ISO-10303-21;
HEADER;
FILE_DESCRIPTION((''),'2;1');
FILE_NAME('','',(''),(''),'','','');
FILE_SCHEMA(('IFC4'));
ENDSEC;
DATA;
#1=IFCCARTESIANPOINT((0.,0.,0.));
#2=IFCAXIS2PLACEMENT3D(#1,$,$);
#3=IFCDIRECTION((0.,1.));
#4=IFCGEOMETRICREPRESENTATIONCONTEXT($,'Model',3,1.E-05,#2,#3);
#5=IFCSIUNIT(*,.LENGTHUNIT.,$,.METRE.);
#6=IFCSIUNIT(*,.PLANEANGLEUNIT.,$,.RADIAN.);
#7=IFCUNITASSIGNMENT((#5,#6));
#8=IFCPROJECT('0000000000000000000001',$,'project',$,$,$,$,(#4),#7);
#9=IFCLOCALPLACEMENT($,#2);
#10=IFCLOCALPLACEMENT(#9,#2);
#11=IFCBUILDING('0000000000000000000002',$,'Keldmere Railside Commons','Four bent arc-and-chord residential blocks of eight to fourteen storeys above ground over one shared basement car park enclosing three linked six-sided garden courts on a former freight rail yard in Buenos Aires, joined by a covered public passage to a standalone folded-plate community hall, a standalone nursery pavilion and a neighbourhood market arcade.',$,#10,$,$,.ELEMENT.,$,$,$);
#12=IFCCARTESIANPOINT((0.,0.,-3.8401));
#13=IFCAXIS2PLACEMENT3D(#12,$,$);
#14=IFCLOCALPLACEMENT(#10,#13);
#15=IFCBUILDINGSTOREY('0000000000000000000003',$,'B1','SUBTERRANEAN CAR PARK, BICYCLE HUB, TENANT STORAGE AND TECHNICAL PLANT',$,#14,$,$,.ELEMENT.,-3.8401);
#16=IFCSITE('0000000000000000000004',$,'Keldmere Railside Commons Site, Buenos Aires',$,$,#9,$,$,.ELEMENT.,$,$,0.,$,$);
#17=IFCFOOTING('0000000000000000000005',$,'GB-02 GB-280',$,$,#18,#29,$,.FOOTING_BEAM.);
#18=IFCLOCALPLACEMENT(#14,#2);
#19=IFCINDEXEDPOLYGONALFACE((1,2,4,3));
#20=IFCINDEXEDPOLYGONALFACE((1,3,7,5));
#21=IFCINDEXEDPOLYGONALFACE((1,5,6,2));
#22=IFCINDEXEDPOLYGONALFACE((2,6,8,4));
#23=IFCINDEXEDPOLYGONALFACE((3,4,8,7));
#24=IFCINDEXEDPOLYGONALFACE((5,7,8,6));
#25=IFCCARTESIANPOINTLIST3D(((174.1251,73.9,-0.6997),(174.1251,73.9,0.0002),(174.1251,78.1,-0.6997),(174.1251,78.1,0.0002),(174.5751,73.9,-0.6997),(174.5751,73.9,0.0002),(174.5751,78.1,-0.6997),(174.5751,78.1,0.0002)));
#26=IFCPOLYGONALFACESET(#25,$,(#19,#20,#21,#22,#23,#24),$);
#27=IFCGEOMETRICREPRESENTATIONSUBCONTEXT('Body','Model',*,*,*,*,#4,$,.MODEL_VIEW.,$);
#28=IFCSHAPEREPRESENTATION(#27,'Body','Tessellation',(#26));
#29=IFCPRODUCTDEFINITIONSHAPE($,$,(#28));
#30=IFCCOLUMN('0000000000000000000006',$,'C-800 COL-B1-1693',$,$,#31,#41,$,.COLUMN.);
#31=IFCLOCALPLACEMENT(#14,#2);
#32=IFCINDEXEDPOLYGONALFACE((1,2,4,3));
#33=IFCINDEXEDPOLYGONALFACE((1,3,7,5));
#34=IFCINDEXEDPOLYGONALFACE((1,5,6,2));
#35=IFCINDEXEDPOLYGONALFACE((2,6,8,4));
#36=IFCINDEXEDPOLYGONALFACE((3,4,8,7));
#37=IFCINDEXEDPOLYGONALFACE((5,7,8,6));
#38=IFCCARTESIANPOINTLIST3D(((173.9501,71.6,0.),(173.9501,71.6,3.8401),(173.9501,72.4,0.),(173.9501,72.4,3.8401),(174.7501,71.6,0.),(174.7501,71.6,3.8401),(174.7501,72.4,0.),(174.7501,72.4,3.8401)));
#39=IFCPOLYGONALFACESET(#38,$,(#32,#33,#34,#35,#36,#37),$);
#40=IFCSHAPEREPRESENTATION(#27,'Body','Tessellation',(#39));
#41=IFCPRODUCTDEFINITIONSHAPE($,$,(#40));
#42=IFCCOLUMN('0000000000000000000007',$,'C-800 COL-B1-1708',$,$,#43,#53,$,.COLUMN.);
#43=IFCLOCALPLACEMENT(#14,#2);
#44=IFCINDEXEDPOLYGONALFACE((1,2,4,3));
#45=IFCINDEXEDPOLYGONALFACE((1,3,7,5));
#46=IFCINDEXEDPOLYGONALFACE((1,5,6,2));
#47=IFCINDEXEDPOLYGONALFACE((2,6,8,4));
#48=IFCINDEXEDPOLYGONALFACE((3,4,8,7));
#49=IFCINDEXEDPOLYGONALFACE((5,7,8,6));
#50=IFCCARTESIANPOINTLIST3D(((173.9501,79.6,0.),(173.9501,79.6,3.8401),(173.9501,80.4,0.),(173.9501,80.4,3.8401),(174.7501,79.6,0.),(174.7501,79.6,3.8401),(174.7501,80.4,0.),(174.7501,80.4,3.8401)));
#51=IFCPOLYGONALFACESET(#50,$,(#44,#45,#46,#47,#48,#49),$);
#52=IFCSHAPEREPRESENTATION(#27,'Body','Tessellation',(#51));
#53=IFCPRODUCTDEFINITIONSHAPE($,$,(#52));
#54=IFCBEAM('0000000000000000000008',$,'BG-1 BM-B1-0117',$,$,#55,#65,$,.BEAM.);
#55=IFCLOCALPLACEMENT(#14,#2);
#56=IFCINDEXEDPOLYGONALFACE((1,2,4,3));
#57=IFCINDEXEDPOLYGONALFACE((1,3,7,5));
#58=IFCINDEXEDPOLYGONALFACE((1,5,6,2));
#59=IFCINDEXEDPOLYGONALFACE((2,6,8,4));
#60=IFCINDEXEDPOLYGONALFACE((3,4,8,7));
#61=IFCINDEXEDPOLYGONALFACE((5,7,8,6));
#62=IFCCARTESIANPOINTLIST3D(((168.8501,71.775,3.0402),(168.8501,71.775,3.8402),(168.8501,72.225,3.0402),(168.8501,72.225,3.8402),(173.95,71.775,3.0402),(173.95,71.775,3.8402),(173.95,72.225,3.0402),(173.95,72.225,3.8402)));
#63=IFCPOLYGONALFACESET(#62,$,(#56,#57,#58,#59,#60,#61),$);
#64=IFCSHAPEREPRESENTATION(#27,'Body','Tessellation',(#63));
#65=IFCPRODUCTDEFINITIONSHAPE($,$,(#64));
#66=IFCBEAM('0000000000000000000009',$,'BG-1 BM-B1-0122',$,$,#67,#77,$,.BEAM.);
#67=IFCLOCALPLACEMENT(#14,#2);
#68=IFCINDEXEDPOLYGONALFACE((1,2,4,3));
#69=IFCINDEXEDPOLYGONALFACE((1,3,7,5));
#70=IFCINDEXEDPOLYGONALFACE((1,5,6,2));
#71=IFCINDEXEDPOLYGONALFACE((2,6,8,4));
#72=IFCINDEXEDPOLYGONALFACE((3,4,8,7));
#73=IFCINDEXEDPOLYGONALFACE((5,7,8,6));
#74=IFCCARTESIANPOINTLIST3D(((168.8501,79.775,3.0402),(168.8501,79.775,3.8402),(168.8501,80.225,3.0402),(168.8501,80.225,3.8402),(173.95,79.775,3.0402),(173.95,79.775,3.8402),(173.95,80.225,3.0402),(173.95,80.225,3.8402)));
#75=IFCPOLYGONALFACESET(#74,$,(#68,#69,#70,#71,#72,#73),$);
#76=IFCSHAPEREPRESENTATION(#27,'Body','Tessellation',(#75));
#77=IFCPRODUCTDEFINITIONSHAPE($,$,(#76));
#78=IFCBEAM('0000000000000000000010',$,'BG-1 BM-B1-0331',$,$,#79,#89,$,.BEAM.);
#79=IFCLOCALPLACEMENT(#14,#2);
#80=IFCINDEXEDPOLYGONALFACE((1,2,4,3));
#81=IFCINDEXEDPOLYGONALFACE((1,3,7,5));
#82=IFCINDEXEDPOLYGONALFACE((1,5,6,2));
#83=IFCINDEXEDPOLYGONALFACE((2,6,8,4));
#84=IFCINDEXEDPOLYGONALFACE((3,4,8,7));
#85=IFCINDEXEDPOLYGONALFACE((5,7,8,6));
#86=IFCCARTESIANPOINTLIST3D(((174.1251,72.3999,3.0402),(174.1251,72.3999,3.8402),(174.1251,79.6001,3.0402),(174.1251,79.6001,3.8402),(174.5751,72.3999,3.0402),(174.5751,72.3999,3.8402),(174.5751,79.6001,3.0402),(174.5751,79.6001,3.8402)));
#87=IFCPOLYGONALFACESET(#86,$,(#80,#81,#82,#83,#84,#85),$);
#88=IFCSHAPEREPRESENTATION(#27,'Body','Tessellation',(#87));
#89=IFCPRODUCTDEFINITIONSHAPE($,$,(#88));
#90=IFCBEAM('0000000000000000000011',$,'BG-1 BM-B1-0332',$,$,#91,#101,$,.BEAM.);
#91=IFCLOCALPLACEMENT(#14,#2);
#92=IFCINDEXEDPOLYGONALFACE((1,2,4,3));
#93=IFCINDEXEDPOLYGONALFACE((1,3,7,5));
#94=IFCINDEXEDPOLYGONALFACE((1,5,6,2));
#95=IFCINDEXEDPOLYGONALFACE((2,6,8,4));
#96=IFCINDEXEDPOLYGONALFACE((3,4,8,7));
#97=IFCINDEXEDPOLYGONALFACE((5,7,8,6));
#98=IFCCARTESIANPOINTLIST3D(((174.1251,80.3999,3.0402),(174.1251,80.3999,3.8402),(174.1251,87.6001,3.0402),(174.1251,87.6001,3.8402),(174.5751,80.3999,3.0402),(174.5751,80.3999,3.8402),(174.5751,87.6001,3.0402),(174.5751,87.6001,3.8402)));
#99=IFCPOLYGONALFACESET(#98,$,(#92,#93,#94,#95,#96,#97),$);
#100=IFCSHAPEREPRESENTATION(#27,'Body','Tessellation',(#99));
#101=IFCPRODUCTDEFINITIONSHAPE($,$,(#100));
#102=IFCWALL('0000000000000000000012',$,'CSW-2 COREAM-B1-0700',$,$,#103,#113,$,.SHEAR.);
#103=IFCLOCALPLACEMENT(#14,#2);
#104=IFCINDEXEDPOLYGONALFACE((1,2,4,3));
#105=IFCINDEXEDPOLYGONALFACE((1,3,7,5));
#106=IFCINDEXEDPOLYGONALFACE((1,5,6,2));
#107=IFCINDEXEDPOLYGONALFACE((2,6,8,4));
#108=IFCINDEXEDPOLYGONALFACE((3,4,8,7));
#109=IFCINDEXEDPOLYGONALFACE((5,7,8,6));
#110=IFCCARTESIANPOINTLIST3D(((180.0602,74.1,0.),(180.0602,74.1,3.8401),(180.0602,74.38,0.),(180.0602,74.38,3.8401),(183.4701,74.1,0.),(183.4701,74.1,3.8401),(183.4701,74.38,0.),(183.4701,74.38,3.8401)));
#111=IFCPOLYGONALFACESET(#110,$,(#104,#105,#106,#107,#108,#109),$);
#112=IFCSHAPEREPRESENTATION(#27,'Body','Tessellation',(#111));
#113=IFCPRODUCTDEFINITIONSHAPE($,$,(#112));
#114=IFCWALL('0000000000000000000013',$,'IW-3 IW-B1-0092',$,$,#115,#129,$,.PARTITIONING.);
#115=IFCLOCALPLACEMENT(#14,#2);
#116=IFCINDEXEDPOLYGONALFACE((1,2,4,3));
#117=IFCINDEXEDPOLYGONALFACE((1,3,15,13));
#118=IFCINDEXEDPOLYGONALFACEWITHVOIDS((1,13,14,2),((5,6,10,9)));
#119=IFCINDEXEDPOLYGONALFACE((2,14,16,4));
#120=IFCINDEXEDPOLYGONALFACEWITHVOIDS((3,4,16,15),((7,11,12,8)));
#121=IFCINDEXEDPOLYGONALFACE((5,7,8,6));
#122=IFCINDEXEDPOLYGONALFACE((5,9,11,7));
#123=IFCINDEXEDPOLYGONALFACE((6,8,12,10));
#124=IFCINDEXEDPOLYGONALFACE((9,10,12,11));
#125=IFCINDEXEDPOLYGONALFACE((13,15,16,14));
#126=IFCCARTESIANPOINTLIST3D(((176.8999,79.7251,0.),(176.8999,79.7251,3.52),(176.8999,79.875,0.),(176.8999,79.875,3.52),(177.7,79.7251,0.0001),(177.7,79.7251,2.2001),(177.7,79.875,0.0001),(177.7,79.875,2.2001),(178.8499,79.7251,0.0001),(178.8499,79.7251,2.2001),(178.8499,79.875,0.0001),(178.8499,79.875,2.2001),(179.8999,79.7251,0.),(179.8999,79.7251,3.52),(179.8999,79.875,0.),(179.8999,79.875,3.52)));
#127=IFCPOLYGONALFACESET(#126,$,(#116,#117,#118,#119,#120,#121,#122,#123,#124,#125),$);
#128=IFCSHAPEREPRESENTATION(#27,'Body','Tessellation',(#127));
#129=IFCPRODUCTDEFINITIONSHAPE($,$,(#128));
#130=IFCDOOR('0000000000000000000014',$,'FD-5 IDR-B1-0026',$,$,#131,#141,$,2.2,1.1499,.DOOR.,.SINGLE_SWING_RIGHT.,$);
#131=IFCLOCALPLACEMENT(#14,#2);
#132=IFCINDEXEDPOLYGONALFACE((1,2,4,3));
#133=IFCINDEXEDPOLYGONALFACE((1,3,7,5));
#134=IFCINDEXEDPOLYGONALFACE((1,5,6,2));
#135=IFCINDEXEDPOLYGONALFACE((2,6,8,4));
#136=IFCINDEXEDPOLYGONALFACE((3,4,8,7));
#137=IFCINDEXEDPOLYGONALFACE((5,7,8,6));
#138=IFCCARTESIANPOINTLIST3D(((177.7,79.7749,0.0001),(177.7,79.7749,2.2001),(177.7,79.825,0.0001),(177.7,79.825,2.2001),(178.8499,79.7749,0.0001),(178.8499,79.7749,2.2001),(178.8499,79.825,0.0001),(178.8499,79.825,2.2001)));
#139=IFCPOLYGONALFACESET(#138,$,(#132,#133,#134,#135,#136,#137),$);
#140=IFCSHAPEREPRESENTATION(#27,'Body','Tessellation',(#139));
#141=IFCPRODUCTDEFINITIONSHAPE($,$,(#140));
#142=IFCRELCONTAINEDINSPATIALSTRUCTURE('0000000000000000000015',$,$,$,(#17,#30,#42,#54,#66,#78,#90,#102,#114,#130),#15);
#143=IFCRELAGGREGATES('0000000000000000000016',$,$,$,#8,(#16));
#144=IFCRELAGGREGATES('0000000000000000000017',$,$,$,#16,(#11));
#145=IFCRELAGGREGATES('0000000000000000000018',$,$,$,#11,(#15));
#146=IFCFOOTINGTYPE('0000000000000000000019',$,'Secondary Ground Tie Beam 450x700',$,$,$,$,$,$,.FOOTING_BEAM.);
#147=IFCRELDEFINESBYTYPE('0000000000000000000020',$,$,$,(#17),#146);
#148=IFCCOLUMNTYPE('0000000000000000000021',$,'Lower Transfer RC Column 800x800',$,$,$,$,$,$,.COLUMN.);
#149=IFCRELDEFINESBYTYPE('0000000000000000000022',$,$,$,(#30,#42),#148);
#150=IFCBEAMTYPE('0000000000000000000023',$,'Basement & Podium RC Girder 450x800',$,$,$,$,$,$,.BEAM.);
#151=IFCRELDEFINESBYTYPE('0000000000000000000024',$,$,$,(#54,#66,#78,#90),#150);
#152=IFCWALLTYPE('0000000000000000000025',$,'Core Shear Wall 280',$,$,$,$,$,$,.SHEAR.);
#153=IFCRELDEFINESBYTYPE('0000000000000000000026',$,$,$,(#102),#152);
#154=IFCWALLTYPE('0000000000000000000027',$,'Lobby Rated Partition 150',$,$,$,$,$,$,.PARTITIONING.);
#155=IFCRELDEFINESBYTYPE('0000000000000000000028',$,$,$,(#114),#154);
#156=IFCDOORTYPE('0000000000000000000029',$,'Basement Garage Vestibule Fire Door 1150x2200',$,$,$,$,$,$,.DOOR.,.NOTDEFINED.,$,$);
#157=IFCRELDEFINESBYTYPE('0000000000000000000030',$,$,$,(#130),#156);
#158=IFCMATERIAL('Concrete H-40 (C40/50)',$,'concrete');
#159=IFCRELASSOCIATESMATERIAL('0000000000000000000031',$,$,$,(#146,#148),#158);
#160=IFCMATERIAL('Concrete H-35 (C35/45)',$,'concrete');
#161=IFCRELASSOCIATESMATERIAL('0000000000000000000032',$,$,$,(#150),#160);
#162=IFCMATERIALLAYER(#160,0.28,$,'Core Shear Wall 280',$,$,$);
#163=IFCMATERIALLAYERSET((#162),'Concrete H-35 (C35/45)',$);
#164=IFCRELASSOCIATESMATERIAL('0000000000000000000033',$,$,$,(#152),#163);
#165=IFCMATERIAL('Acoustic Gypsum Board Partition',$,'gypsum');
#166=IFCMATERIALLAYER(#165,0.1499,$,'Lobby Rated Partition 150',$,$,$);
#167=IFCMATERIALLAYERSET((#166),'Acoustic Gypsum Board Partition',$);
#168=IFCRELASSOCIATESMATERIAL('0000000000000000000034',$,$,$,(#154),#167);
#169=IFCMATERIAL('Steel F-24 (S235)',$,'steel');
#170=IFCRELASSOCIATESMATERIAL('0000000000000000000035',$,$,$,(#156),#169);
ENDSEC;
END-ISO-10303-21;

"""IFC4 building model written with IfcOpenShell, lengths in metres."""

from ifc_helpers import new_model, si_unit, direction, frame, frame_2d, origin, origin_2d, place, context, subcontext, project, spatial, rectangle, extrude, material, layer, layer_set, material_profile, profile_set, type_object, element, fill, save


model = new_model("IFC4")

# Units and contexts
model_context = context("Model", 3, precision=1e-05, world=origin(), true_north=direction((0.0, 1.0)))
body_context = subcontext(model_context, "Body", "Model", "MODEL_VIEW")
ifc_project = project(units=[si_unit("LENGTHUNIT", "METRE"), si_unit("PLANEANGLEUNIT", "RADIAN")], contexts=[model_context])

# Site, building, storey
site_placement = place(None, origin())
site = spatial("IfcSite", under=ifc_project, at=site_placement, Name="Keldmere Railside Commons Site, Buenos Aires", CompositionType="ELEMENT", RefElevation=0.0)
building_placement = place(site_placement, origin())
building = spatial("IfcBuilding", under=site, at=building_placement, Name="Keldmere Railside Commons", Description="Four bent arc-and-chord residential blocks of eight to fourteen storeys above ground over one shared basement car park enclosing three linked six-sided garden courts on a former freight rail yard in Buenos Aires, joined by a covered public passage to a standalone folded-plate community hall, a standalone nursery pavilion and a neighbourhood market arcade.", CompositionType="ELEMENT")
storey_placement = place(building_placement, frame((0.0, 0.0, -3.8401)))
storey = spatial("IfcBuildingStorey", under=building, at=storey_placement, Name="B1", Description="SUBTERRANEAN CAR PARK, BICYCLE HUB, TENANT STORAGE AND TECHNICAL PLANT", CompositionType="ELEMENT", Elevation=-3.8401)

# Footing
ifc_material_1 = material(Name="Concrete H-40 (C40/50)", Category="concrete")
footing_type_1 = type_object("IfcFootingType", Name="Secondary Ground Tie Beam 450x700", PredefinedType="FOOTING_BEAM", material=ifc_material_1)
footing_1_placement = place(storey_placement, frame((174.3501, 76.0, -0.6997), z_axis=(0.0, 0.0, 1.0), x_axis=(0.0, 1.0, 0.0)))
element("IfcFooting", 1, at=footing_1_placement, inside=storey, type_object=footing_type_1, Name="GB-02 GB-280", PredefinedType="FOOTING_BEAM", context=body_context, shape_type="SweptSolid", body=[
    extrude(rectangle(XDim=4.2, YDim=0.45, at=origin_2d()), origin(), (0.0, 0.0, 1.0), 0.7),
])

# Columns
ifc_material_profile_1 = material_profile(ifc_material_1, rectangle(XDim=0.8, YDim=0.8, at=origin_2d()), Name="RC-800x800")
ifc_profile_set_1 = profile_set([ifc_material_profile_1], Name="Concrete H-40 (C40/50)")
column_type = type_object("IfcColumnType", Name="Lower Transfer RC Column 800x800", PredefinedType="COLUMN", material=ifc_profile_set_1)
for number, where, z_axis, x_axis, name in (
    (2, (174.3501, 72.0, 0.0), (0.0, 0.0, 1.0), (1.0, 0.0, 0.0), "C-800 COL-B1-1693"),
    (3, (174.3501, 80.0, 0.0), (0.0, 0.0, 1.0), (1.0, 0.0, 0.0), "C-800 COL-B1-1708"),
):
    element("IfcColumn", number, at=place(storey_placement, frame(where, z_axis=z_axis, x_axis=x_axis)), inside=storey, type_object=column_type, Name=name, PredefinedType="COLUMN", context=body_context, shape_type="SweptSolid", body=[
        extrude(rectangle(XDim=0.8, YDim=0.8, at=origin_2d()), origin(), (0.0, 0.0, 1.0), 3.8401),
    ])

# Beams
ifc_material_2 = material(Name="Concrete H-35 (C35/45)", Category="concrete")
ifc_material_profile_2 = material_profile(ifc_material_2, rectangle(XDim=0.45, YDim=0.8, at=origin_2d()), Name="RC-450x800")
ifc_profile_set_2 = profile_set([ifc_material_profile_2], Name="Concrete H-35 (C35/45)")
beam_type = type_object("IfcBeamType", Name="Basement & Podium RC Girder 450x800", PredefinedType="BEAM", material=ifc_profile_set_2)
for number, where, z_axis, x_axis, name in (
    (4, (168.8501, 72.0, 3.4402), (1.0, 0.0, 0.0), (0.0, 1.0, 0.0), "BG-1 BM-B1-0117"),
    (5, (168.8501, 80.0, 3.4402), (1.0, 0.0, 0.0), (0.0, 1.0, 0.0), "BG-1 BM-B1-0122"),
):
    element("IfcBeam", number, at=place(storey_placement, frame(where, z_axis=z_axis, x_axis=x_axis)), inside=storey, type_object=beam_type, Name=name, PredefinedType="BEAM", context=body_context, shape_type="SweptSolid", body=[
        extrude(rectangle(XDim=0.45, YDim=0.8, at=origin_2d()), origin(), (0.0, 0.0, 1.0), 5.0999),
    ])
for number, where, z_axis, x_axis, name in (
    (6, (174.3501, 72.3999, 3.4402), (0.0, 1.0, 0.0), (-1.0, 0.0, 0.0), "BG-1 BM-B1-0331"),
    (7, (174.3501, 80.3999, 3.4402), (0.0, 1.0, 0.0), (-1.0, 0.0, 0.0), "BG-1 BM-B1-0332"),
):
    element("IfcBeam", number, at=place(storey_placement, frame(where, z_axis=z_axis, x_axis=x_axis)), inside=storey, type_object=beam_type, Name=name, PredefinedType="BEAM", context=body_context, shape_type="SweptSolid", body=[
        extrude(rectangle(XDim=0.45, YDim=0.8, at=origin_2d()), origin(), (0.0, 0.0, 1.0), 7.2002),
    ])

# Wall
ifc_layer_1 = layer(ifc_material_2, 0.28, Name="Core Shear Wall 280")
ifc_layer_set_1 = layer_set([ifc_layer_1], Name="Concrete H-35 (C35/45)")
wall_type_1 = type_object("IfcWallType", Name="Core Shear Wall 280", PredefinedType="SHEAR", material=ifc_layer_set_1)
wall_1_placement = place(storey_placement, frame((180.0601, 74.24, 0.0), z_axis=(0.0, 0.0, 1.0), x_axis=(1.0, 0.0, 0.0)))
element("IfcWall", 8, at=wall_1_placement, inside=storey, type_object=wall_type_1, Name="CSW-2 COREAM-B1-0700", PredefinedType="SHEAR", context=body_context, shape_type="SweptSolid", body=[
    extrude(rectangle(XDim=3.4099, YDim=0.28, at=frame_2d((1.7051, 0.0))), origin(), (0.0, 0.0, 1.0), 3.8401),
])

# Wall, opening, door
ifc_material_3 = material(Name="Acoustic Gypsum Board Partition", Category="gypsum")
ifc_layer_2 = layer(ifc_material_3, 0.1499, Name="Lobby Rated Partition 150")
ifc_layer_set_2 = layer_set([ifc_layer_2], Name="Acoustic Gypsum Board Partition")
wall_type_2 = type_object("IfcWallType", Name="Lobby Rated Partition 150", PredefinedType="PARTITIONING", material=ifc_layer_set_2)
wall_2_placement = place(storey_placement, frame((176.8999, 79.8, 0.0), z_axis=(0.0, 0.0, 1.0), x_axis=(1.0, 0.0, 0.0)))
wall_2 = element("IfcWall", 9, at=wall_2_placement, inside=storey, type_object=wall_type_2, Name="IW-3 IW-B1-0092", PredefinedType="PARTITIONING", context=body_context, shape_type="SweptSolid", body=[
    extrude(rectangle(XDim=3.0, YDim=0.1499, at=frame_2d((1.5, 0.0))), origin(), (0.0, 0.0, 1.0), 3.52),
])
opening_placement = place(wall_2_placement, frame((0.8, 0.0, 0.0)))
opening = element("IfcOpeningElement", 10, at=opening_placement, cuts=wall_2, PredefinedType="OPENING", context=body_context, shape_type="SweptSolid", body=[
    extrude(rectangle(XDim=1.1499, YDim=2.2, at=frame_2d((0.575, 1.1001))), frame((0.0, 0.085, 0.0), z_axis=(0.0, -1.0, 0.0), x_axis=(1.0, 0.0, 0.0)), (0.0, 0.0, 1.0), 0.1699),
])
ifc_material_4 = material(Name="Steel F-24 (S235)", Category="steel")
door_type = type_object("IfcDoorType", Name="Basement Garage Vestibule Fire Door 1150x2200", OperationType="NOTDEFINED", PredefinedType="DOOR", material=ifc_material_4)
door_placement = place(opening_placement, origin())
door = element("IfcDoor", 11, at=door_placement, inside=storey, type_object=door_type, Name="FD-5 IDR-B1-0026", OperationType="SINGLE_SWING_RIGHT", OverallHeight=2.2, OverallWidth=1.1499, PredefinedType="DOOR", context=body_context, shape_type="SweptSolid", body=[
    extrude(rectangle(XDim=1.1499, YDim=2.2, at=frame_2d((0.575, 1.1001))), frame((0.0, 0.0249, 0.0), z_axis=(0.0, -1.0, 0.0), x_axis=(1.0, 0.0, 0.0)), (0.0, 0.0, 1.0), 0.05),
])
fill(opening, door)

save(model, "model.ifc")
